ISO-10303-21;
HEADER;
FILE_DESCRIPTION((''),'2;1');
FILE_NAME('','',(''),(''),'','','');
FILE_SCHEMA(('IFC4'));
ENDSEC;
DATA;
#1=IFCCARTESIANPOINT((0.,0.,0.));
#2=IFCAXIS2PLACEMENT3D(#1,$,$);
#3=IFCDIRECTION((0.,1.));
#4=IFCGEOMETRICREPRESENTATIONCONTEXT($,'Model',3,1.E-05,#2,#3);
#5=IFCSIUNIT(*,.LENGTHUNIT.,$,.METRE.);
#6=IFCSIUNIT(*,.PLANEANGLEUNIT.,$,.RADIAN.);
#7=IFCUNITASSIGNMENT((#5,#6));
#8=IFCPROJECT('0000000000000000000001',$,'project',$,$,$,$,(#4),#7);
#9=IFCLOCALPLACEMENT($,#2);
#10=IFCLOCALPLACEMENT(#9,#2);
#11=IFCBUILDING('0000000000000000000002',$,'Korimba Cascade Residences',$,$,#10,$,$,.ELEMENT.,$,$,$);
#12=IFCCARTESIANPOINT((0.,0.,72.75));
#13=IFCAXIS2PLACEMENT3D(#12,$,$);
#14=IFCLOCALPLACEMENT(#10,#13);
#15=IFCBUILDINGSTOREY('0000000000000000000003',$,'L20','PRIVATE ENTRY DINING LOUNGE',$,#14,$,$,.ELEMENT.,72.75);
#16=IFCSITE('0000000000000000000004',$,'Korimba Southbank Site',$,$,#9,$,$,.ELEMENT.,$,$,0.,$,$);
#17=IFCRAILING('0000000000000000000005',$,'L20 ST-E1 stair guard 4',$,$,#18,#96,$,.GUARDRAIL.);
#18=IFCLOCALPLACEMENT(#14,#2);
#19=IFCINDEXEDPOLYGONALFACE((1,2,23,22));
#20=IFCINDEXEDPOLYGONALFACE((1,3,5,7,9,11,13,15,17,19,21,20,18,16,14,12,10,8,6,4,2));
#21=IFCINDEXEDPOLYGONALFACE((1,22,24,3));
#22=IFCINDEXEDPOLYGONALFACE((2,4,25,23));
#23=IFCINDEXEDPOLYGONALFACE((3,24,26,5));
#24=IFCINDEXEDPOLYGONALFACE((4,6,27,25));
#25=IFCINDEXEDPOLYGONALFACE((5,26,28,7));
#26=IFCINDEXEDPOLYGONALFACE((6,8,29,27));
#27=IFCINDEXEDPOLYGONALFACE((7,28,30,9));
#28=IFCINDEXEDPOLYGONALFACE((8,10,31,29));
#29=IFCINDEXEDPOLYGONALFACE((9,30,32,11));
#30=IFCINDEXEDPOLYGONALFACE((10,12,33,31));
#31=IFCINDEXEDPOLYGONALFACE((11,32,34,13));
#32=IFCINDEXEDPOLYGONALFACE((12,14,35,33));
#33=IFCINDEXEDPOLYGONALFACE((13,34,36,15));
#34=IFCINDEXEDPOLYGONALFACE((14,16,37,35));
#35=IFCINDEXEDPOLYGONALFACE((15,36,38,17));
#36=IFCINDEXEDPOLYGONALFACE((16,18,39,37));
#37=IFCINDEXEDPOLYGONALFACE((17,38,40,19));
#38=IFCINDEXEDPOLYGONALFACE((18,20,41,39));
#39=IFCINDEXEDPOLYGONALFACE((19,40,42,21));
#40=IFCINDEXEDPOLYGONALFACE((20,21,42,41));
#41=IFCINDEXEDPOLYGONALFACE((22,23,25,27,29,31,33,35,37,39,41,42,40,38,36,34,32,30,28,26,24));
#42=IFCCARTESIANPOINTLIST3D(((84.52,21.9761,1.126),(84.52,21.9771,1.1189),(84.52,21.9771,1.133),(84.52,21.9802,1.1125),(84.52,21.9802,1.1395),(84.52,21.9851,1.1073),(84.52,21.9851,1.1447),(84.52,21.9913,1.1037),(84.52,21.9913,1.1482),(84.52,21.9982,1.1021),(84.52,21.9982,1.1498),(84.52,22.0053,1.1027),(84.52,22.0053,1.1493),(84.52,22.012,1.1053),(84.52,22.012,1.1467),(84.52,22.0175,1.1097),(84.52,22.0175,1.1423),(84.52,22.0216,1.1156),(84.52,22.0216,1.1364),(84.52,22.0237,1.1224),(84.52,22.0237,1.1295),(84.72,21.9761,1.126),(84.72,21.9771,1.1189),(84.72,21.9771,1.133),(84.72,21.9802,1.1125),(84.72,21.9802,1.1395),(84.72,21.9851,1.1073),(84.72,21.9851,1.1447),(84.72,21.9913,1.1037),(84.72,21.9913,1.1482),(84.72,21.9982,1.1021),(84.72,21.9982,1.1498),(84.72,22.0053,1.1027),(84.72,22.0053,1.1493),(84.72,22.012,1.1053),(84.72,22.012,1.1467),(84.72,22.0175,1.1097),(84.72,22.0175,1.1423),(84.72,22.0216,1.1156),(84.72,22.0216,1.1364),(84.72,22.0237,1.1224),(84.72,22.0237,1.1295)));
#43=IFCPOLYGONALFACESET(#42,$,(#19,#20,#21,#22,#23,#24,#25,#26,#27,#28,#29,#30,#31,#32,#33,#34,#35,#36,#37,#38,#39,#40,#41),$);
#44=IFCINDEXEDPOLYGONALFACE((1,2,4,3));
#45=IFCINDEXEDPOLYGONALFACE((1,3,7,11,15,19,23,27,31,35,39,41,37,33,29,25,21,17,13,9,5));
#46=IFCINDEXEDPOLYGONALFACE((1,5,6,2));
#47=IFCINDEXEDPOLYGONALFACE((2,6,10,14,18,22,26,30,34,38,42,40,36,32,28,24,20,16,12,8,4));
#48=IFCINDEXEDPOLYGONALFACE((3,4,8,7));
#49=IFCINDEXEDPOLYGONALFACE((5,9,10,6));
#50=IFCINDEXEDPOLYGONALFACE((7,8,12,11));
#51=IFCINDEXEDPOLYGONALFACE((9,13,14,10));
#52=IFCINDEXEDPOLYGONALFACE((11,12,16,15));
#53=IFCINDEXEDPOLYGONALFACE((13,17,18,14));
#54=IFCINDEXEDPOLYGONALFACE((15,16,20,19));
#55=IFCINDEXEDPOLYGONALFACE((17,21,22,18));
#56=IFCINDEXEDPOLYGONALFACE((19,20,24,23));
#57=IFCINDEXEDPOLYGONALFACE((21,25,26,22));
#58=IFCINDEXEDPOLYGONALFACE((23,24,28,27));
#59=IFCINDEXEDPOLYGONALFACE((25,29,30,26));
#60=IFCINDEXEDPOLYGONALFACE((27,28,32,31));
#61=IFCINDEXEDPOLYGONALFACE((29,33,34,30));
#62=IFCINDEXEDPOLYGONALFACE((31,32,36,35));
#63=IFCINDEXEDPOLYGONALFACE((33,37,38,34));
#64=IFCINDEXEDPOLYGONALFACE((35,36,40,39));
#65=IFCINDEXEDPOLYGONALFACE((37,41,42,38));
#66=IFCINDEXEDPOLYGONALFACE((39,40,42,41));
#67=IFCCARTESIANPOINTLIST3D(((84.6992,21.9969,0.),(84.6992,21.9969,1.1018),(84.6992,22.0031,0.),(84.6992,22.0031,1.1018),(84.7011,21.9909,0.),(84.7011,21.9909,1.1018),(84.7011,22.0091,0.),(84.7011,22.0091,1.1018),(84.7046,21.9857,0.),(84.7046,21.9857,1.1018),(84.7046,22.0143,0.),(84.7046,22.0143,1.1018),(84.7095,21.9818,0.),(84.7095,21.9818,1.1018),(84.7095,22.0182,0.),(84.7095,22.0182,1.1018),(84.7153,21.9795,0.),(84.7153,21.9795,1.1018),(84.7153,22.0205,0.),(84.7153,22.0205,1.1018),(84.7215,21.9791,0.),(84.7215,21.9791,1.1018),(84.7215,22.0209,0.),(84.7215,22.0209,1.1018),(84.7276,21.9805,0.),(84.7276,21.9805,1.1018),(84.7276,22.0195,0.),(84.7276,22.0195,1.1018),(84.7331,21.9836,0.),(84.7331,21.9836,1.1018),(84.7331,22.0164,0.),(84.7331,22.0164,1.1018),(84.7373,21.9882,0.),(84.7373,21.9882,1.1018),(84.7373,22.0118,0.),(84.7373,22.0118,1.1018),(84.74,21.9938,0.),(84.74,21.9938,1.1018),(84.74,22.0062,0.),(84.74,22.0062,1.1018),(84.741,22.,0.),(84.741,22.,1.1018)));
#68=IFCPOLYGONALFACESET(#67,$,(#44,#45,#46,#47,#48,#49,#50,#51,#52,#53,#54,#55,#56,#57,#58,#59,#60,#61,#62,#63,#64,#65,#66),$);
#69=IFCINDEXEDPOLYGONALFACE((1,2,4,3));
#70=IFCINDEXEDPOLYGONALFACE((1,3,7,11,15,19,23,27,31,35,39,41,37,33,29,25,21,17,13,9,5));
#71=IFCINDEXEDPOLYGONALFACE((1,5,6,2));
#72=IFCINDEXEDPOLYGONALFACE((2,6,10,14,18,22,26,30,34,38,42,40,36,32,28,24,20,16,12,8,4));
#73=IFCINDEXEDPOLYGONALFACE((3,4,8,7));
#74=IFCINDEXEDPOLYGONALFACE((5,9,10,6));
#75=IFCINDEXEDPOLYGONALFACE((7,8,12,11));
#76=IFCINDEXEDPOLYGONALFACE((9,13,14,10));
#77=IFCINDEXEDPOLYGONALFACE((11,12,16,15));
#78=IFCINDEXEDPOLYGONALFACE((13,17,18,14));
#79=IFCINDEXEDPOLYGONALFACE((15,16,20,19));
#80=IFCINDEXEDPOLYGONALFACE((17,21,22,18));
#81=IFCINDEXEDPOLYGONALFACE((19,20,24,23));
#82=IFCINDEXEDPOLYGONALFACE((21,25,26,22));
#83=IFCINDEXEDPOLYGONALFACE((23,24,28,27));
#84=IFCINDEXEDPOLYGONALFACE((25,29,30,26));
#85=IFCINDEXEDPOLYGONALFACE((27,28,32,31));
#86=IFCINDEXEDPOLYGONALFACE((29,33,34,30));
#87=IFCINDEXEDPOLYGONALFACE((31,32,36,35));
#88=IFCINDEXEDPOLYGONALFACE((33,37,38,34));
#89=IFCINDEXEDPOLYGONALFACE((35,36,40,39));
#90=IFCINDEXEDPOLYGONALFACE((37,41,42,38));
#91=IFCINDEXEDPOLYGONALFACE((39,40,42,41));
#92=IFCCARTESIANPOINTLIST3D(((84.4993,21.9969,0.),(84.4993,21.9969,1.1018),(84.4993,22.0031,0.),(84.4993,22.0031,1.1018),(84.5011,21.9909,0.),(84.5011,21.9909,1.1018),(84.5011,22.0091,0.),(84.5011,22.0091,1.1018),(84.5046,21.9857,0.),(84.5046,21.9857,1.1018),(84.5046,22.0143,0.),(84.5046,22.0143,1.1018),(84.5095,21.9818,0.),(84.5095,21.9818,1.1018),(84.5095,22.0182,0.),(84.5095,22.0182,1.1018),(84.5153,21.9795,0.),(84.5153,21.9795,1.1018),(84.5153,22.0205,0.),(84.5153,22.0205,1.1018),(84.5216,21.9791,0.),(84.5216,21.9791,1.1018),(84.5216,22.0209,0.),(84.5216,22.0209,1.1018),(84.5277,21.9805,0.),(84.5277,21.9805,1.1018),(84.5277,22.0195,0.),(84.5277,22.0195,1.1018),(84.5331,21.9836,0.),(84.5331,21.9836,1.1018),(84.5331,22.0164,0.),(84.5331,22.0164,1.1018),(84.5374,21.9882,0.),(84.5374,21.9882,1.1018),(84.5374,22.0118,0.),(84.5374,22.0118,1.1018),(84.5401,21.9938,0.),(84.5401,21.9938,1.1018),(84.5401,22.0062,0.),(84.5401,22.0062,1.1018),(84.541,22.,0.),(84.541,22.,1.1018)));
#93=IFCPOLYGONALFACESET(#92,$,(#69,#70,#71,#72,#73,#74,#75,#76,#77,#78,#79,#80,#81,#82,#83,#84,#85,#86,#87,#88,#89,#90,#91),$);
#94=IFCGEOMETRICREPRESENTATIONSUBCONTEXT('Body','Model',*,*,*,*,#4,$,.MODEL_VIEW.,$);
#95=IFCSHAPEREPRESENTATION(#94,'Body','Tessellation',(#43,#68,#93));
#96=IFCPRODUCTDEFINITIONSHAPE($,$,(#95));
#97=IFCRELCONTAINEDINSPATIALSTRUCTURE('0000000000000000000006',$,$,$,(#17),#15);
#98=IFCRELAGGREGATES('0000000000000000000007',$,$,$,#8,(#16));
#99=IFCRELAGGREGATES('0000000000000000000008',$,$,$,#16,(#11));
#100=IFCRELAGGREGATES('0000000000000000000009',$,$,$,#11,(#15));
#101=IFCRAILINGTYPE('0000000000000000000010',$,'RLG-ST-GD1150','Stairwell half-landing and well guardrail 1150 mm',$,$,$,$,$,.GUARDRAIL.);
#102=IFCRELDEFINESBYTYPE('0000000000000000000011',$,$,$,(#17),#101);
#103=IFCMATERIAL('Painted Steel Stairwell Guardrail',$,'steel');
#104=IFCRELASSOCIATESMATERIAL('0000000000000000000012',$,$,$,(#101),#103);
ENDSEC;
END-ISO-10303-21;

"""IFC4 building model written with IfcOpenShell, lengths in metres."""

from ifc_helpers import new_model, si_unit, direction, frame, origin, origin_2d, place, context, subcontext, project, spatial, circle, extrude, material, type_object, element, save


model = new_model("IFC4")

# Units and contexts
model_context = context("Model", 3, precision=1e-05, world=origin(), true_north=direction((0.0, 1.0)))
body_context = subcontext(model_context, "Body", "Model", "MODEL_VIEW")
ifc_project = project(units=[si_unit("LENGTHUNIT", "METRE"), si_unit("PLANEANGLEUNIT", "RADIAN")], contexts=[model_context])

# Site, building, storey
site_placement = place(None, origin())
site = spatial("IfcSite", under=ifc_project, at=site_placement, Name="Korimba Southbank Site", CompositionType="ELEMENT", RefElevation=0.0)
building_placement = place(site_placement, origin())
building = spatial("IfcBuilding", under=site, at=building_placement, Name="Korimba Cascade Residences", CompositionType="ELEMENT")
storey_placement = place(building_placement, frame((0.0, 0.0, 72.75)))
storey = spatial("IfcBuildingStorey", under=building, at=storey_placement, Name="L20", Description="PRIVATE ENTRY DINING LOUNGE", CompositionType="ELEMENT", Elevation=72.75)

# Railing
ifc_material_1 = material(Name="Painted Steel Stairwell Guardrail", Category="steel")
railing_type_1 = type_object("IfcRailingType", Name="RLG-ST-GD1150", Description="Stairwell half-landing and well guardrail 1150 mm", PredefinedType="GUARDRAIL", material=ifc_material_1)
railing_1_placement = place(storey_placement, frame((84.72, 22.0, 0.0)))
element("IfcRailing", 1, at=railing_1_placement, inside=storey, type_object=railing_type_1, Name="L20 ST-E1 stair guard 4", PredefinedType="GUARDRAIL", context=body_context, shape_type="SweptSolid", body=[
    extrude(circle(Radius=0.0239, at=origin_2d()), frame((0.0, 0.0, 1.126), z_axis=(-1.0, 0.0, 0.0), x_axis=(0.0, -1.0, 0.0)), (0.0, 0.0, 1.0), 0.2),
    extrude(circle(Radius=0.021, at=origin_2d()), origin(), (0.0, 0.0, 1.0), 1.1018),
    extrude(circle(Radius=0.021, at=origin_2d()), frame((-0.2, 0.0, 0.0)), (0.0, 0.0, 1.0), 1.1018),
])

save(model, "model.ifc")
